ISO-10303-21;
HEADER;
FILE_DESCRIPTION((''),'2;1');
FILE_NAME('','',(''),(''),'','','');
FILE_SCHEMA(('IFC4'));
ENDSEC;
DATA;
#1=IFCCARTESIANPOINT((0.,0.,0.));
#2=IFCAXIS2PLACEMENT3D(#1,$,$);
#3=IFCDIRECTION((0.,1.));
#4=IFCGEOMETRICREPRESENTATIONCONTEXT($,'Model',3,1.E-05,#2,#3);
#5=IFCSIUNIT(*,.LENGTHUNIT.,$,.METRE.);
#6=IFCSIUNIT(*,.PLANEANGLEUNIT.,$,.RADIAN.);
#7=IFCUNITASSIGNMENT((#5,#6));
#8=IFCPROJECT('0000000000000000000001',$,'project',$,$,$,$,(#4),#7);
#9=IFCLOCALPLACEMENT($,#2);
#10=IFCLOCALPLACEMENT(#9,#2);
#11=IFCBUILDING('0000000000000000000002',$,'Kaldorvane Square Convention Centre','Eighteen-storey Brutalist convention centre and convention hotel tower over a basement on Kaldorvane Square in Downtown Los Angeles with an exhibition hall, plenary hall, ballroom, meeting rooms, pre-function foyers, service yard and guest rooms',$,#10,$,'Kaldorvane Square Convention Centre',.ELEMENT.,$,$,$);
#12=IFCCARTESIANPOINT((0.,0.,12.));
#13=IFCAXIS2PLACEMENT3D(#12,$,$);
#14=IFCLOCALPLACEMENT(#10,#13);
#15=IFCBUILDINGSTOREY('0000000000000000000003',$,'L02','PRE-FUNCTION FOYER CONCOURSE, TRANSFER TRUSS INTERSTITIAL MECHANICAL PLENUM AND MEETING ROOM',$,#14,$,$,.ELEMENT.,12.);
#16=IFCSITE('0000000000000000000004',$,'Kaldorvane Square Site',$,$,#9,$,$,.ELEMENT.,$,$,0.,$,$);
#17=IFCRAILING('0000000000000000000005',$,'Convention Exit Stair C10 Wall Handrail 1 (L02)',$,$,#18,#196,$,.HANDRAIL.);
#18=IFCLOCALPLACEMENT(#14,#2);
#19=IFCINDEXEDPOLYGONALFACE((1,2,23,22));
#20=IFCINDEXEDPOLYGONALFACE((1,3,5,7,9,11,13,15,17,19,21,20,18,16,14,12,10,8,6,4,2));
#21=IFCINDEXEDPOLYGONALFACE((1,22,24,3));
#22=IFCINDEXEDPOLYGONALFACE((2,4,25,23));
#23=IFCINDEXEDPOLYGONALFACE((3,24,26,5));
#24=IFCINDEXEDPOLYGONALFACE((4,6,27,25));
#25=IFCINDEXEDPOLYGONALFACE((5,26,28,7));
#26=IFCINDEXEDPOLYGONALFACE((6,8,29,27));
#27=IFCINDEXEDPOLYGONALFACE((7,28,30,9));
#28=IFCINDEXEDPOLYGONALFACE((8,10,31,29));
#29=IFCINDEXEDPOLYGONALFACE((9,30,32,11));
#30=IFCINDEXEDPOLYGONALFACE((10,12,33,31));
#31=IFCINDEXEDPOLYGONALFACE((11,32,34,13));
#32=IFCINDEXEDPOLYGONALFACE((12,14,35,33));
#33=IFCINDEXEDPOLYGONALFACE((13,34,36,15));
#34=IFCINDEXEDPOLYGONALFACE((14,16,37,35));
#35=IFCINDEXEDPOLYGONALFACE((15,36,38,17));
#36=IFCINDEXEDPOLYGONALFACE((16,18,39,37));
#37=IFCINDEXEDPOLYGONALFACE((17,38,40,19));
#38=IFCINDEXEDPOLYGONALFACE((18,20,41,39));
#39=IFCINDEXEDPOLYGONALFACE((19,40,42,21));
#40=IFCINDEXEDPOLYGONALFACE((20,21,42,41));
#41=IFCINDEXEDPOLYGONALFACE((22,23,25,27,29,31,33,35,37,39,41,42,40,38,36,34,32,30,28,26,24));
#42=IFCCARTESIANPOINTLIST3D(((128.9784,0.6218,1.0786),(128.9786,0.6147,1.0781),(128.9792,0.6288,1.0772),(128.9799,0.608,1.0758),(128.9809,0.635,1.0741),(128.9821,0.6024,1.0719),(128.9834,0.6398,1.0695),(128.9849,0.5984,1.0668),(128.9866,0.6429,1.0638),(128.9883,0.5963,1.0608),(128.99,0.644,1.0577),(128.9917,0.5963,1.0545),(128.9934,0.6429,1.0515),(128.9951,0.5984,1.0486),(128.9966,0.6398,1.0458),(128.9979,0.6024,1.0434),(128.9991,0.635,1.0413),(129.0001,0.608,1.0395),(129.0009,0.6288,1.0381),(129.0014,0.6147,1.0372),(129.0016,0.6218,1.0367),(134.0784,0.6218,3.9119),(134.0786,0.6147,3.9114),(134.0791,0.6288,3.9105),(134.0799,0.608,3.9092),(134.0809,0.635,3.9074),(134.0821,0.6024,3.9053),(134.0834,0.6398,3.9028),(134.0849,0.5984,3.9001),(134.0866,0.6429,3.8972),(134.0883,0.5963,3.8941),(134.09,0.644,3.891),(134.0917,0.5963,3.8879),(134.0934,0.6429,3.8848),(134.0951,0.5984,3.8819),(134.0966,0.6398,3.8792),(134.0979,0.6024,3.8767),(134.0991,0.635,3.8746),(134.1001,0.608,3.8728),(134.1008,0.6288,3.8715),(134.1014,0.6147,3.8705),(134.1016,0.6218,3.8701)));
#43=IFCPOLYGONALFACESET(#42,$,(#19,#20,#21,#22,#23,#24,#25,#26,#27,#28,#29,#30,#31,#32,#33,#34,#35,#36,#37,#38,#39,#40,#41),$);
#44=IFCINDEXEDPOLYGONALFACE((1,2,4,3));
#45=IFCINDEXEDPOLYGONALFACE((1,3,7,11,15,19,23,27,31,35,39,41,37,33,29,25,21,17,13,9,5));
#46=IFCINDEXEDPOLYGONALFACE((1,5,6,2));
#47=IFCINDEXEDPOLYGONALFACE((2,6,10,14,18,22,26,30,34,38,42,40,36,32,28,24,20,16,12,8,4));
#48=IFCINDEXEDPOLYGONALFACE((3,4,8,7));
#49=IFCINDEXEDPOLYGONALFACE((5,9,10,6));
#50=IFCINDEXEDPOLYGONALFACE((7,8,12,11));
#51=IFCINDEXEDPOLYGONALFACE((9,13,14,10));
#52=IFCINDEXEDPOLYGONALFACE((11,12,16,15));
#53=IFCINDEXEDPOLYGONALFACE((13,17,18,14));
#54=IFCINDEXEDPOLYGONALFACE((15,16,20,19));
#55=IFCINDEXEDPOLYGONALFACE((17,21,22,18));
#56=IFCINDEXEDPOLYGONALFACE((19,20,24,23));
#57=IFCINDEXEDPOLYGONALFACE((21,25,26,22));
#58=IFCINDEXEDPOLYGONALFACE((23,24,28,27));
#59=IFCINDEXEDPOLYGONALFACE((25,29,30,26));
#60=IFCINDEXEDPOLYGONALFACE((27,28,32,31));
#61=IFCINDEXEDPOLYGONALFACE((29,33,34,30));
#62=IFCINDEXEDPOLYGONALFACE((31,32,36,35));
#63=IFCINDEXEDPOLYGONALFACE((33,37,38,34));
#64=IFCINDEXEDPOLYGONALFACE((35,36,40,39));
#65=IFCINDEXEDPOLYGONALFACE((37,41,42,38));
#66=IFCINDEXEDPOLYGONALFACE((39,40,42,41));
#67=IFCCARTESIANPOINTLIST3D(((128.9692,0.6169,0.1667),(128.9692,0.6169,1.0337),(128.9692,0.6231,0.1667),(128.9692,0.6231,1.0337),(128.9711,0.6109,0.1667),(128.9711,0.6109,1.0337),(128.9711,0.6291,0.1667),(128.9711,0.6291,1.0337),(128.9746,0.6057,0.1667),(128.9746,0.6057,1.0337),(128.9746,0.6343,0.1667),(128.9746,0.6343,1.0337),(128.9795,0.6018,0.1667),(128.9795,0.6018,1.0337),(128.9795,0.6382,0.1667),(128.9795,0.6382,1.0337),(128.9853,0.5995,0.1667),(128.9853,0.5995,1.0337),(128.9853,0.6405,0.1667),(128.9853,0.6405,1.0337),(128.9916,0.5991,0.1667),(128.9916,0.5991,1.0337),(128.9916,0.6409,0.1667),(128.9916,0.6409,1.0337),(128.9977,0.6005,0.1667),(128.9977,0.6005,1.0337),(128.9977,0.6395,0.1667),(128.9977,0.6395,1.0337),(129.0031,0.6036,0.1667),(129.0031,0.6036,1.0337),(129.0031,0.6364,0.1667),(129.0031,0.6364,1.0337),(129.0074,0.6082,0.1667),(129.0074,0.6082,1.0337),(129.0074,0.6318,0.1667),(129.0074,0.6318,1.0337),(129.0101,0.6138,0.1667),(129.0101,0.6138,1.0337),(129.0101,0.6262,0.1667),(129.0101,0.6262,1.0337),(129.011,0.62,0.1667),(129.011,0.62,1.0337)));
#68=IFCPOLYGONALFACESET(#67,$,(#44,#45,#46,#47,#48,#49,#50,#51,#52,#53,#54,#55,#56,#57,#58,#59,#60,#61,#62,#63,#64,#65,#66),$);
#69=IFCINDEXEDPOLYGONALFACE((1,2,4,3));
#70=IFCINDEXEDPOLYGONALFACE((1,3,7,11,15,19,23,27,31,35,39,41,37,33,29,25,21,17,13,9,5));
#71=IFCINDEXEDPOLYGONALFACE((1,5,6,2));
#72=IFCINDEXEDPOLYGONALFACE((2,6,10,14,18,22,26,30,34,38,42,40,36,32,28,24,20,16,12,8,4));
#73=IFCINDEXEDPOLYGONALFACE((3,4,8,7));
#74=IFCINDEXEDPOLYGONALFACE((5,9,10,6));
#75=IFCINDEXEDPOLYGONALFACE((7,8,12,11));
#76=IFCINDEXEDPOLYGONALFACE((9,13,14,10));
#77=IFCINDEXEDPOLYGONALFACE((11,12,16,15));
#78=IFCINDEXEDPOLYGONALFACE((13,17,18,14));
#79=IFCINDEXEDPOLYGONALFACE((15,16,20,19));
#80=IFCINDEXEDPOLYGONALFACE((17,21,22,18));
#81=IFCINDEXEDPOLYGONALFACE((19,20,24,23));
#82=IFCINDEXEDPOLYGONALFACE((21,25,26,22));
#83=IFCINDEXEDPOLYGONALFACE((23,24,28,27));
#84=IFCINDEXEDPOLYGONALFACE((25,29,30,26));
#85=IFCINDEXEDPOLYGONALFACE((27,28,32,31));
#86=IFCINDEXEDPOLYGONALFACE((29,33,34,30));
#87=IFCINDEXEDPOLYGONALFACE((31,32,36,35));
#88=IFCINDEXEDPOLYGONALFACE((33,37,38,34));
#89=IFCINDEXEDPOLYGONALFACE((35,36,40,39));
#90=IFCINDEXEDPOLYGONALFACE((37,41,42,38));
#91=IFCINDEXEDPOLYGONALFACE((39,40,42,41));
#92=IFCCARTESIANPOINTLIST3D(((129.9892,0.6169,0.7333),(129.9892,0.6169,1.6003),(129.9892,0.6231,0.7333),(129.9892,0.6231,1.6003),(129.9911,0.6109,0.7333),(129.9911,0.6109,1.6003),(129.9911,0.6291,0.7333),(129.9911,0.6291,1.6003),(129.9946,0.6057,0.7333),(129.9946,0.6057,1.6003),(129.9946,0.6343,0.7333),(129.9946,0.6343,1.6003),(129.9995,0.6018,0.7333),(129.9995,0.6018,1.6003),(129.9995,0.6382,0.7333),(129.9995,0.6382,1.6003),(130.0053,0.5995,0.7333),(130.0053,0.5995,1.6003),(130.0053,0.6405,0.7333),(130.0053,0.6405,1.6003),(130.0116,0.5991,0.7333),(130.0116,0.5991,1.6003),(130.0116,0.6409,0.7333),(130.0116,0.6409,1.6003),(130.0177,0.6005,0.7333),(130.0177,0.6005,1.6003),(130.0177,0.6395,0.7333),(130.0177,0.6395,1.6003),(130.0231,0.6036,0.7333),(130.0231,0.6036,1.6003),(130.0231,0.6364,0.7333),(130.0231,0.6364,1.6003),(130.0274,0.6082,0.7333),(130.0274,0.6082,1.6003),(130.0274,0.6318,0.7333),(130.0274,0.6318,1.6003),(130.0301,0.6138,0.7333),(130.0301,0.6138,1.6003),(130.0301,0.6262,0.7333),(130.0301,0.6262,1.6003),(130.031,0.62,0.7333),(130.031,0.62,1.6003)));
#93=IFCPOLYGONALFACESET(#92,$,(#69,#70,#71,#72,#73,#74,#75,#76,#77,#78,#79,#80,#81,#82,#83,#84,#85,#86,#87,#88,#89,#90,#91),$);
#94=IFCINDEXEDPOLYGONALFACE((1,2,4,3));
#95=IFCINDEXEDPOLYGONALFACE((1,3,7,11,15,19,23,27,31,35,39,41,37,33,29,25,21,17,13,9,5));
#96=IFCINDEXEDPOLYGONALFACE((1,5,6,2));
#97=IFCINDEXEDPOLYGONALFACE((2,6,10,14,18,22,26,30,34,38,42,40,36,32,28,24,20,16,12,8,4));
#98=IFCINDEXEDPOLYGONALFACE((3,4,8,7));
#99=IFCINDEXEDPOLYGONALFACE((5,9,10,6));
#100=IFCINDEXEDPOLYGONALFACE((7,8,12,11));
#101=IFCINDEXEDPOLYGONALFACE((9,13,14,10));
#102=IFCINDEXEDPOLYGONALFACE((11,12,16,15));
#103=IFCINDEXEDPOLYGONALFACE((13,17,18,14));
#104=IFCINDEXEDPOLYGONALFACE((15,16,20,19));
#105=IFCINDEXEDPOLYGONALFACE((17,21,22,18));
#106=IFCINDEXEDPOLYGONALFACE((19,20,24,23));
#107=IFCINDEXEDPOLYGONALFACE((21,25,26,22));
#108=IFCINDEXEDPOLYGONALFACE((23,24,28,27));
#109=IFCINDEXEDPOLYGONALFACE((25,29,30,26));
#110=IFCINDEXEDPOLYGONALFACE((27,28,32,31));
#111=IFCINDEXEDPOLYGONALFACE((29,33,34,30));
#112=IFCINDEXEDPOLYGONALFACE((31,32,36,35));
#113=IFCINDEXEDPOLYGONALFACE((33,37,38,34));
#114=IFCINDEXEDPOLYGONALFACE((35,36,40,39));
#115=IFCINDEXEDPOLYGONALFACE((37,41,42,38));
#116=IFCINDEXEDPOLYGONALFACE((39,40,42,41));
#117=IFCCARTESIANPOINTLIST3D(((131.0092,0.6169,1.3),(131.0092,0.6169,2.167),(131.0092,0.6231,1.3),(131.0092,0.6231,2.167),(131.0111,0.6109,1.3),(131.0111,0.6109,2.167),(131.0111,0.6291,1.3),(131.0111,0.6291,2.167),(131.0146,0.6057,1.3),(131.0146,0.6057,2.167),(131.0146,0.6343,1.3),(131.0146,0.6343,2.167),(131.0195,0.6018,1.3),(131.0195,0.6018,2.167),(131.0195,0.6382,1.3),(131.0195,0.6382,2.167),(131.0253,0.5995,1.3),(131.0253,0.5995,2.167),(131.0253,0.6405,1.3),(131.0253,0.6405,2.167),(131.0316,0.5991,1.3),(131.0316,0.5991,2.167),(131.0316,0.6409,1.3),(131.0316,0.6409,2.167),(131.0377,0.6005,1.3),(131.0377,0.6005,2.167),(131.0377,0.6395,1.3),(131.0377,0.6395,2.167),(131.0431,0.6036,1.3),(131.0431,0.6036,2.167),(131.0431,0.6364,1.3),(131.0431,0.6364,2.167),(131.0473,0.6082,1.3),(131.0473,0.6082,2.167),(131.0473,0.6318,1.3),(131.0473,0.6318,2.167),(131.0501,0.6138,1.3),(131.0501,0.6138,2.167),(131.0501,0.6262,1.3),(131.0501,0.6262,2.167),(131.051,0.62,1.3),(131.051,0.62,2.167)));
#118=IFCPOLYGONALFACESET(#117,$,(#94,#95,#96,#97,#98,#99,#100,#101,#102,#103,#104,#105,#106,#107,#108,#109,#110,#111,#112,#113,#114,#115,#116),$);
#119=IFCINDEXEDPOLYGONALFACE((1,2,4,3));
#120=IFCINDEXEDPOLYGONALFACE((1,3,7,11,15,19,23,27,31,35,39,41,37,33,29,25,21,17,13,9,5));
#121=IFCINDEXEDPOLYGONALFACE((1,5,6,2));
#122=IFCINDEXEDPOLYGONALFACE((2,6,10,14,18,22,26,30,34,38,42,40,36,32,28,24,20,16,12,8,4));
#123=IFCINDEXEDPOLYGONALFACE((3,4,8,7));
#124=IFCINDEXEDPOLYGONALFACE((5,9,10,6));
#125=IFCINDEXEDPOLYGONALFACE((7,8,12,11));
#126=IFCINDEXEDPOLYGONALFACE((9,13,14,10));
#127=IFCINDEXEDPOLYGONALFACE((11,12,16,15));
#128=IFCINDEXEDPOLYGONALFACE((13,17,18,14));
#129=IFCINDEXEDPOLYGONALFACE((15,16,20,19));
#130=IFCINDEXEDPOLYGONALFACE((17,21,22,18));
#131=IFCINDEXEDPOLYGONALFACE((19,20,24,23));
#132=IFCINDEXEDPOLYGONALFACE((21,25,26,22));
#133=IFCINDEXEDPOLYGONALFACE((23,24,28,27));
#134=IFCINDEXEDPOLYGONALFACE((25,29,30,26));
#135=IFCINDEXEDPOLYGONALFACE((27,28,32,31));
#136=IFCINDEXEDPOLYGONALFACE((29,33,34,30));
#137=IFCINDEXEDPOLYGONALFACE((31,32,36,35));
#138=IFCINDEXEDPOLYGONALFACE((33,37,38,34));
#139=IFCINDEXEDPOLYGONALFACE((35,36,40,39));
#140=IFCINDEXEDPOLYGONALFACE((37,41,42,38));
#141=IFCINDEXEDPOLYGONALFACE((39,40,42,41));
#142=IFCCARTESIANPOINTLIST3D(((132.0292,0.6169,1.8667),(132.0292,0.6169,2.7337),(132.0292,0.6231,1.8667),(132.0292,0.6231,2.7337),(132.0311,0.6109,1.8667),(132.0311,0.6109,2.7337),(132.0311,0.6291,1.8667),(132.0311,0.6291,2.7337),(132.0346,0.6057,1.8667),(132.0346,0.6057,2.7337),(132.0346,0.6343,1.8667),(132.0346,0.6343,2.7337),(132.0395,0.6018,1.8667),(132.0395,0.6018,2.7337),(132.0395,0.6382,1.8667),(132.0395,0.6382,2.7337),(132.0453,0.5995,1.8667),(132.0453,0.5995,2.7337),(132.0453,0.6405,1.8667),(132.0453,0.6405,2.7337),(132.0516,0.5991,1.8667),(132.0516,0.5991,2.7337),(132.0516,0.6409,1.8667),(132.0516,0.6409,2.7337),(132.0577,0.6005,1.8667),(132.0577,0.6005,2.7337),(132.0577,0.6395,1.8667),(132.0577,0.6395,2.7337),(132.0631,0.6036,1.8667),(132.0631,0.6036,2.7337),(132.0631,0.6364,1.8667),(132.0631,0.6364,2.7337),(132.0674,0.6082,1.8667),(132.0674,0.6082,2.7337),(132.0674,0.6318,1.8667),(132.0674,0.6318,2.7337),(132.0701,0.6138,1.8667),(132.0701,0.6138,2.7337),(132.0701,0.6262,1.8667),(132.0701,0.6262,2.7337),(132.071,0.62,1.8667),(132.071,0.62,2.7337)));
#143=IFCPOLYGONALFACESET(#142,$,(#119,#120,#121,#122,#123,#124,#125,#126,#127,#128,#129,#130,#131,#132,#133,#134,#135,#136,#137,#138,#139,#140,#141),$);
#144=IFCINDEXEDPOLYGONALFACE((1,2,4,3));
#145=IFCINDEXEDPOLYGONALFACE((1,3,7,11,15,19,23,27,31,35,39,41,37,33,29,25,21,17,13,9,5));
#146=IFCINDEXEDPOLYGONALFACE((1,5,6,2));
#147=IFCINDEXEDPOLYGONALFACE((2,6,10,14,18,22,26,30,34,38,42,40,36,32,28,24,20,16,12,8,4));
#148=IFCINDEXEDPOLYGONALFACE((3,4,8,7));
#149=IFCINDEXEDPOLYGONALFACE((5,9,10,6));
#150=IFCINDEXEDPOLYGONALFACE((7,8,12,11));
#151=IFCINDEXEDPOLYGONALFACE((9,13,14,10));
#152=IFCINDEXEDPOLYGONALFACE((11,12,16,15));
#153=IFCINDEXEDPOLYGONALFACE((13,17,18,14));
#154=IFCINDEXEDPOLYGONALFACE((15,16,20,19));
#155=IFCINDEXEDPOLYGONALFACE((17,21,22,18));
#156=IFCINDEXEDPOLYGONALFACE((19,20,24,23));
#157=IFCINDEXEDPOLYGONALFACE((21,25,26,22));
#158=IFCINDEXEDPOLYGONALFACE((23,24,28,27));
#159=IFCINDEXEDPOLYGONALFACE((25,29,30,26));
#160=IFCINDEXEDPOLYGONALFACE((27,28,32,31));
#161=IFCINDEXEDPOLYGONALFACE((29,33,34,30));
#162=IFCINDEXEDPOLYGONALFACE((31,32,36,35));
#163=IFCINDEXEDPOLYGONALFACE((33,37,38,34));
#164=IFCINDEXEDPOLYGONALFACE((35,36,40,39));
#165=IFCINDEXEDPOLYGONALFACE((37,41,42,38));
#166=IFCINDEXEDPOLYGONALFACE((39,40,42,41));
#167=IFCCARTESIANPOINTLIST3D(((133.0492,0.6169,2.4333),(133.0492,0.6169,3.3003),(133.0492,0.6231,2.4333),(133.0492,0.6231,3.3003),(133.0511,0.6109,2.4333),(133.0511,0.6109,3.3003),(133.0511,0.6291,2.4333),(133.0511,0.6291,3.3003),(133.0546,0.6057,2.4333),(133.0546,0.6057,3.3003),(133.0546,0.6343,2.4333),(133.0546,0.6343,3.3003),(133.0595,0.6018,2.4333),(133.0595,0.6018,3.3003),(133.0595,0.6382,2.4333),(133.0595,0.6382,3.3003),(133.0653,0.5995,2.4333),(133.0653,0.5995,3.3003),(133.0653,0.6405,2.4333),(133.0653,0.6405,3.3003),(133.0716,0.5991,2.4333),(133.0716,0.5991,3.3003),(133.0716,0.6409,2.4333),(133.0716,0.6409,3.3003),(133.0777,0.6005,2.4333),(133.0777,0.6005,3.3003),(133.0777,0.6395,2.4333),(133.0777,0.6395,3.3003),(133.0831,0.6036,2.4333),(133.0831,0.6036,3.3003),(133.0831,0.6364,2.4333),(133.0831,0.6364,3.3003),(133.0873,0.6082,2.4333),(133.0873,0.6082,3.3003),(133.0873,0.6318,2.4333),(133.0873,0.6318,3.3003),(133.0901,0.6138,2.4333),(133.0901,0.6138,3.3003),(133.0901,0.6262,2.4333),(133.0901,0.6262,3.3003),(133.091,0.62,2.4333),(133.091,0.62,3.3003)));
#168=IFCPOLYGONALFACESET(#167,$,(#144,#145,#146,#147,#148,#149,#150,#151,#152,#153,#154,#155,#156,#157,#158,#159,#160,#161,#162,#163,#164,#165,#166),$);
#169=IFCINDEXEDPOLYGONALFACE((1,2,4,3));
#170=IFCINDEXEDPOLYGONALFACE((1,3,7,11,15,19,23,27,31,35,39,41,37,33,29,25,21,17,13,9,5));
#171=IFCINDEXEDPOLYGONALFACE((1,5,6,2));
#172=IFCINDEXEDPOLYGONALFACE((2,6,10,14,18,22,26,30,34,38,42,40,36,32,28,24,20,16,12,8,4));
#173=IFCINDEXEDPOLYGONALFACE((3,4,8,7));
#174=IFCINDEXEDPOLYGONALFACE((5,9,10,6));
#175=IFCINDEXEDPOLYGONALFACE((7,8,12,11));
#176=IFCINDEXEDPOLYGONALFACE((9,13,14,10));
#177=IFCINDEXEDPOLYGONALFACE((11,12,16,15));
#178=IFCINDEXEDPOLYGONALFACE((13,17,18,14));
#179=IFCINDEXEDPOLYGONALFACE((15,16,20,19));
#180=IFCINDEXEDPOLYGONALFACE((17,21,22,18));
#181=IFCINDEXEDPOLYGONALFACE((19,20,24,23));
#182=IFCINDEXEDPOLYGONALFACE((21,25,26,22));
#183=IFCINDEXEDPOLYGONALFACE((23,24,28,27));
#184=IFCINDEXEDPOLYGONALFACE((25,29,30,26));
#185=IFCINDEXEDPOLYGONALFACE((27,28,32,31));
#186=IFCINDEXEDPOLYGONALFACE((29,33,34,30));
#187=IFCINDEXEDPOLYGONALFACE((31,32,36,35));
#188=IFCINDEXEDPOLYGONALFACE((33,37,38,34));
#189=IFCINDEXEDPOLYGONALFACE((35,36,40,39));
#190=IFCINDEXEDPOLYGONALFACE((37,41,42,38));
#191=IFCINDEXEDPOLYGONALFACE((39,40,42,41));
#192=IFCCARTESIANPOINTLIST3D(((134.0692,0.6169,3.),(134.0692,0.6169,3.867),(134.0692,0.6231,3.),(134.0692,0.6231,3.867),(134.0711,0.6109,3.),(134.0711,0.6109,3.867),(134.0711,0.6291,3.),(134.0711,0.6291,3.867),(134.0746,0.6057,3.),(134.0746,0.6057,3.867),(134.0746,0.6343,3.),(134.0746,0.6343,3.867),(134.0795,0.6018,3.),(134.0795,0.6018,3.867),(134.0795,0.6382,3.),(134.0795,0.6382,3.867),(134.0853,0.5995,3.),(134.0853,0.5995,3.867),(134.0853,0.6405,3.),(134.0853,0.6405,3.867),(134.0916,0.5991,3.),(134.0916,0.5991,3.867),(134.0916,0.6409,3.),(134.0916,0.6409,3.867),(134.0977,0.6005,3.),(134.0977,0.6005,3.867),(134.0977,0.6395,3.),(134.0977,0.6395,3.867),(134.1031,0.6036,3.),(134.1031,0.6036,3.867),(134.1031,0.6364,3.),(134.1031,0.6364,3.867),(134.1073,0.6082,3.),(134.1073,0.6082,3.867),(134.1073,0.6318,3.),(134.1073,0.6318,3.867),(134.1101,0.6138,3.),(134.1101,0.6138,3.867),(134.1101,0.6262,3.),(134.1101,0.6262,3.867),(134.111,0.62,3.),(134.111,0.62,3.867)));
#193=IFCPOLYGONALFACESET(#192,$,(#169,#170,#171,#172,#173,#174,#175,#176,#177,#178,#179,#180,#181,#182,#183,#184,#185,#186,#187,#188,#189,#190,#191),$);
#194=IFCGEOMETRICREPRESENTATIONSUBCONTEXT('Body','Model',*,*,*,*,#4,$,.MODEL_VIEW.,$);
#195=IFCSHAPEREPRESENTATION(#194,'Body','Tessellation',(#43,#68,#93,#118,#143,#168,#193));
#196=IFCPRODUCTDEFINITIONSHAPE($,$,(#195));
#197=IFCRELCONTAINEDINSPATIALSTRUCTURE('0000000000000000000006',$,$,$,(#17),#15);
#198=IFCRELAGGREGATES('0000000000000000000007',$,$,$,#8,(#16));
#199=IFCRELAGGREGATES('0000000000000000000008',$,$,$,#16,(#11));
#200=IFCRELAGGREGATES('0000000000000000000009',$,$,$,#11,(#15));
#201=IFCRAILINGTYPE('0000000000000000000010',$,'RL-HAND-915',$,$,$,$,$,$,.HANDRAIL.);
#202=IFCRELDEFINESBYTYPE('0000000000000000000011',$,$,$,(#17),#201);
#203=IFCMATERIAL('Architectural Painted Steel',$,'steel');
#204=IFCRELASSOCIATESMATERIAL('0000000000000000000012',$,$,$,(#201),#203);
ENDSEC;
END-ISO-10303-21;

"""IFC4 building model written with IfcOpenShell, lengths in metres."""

from ifc_helpers import new_model, si_unit, direction, frame, origin, origin_2d, place, context, subcontext, project, spatial, circle, extrude, material, type_object, element, save


model = new_model("IFC4")

# Units and contexts
model_context = context("Model", 3, precision=1e-05, world=origin(), true_north=direction((0.0, 1.0)))
body_context = subcontext(model_context, "Body", "Model", "MODEL_VIEW")
ifc_project = project(units=[si_unit("LENGTHUNIT", "METRE"), si_unit("PLANEANGLEUNIT", "RADIAN")], contexts=[model_context])

# Site, building, storey
site_placement = place(None, origin())
site = spatial("IfcSite", under=ifc_project, at=site_placement, Name="Kaldorvane Square Site", CompositionType="ELEMENT", RefElevation=0.0)
building_placement = place(site_placement, origin())
building = spatial("IfcBuilding", under=site, at=building_placement, Name="Kaldorvane Square Convention Centre", Description="Eighteen-storey Brutalist convention centre and convention hotel tower over a basement on Kaldorvane Square in Downtown Los Angeles with an exhibition hall, plenary hall, ballroom, meeting rooms, pre-function foyers, service yard and guest rooms", LongName="Kaldorvane Square Convention Centre", CompositionType="ELEMENT")
storey_placement = place(building_placement, frame((0.0, 0.0, 12.0)))
storey = spatial("IfcBuildingStorey", under=building, at=storey_placement, Name="L02", Description="PRE-FUNCTION FOYER CONCOURSE, TRANSFER TRUSS INTERSTITIAL MECHANICAL PLENUM AND MEETING ROOM", CompositionType="ELEMENT", Elevation=12.0)

# Railing
ifc_material_1 = material(Name="Architectural Painted Steel", Category="steel")
railing_type_1 = type_object("IfcRailingType", Name="RL-HAND-915", PredefinedType="HANDRAIL", material=ifc_material_1)
railing_1_placement = place(storey_placement, frame((128.99, 0.62, 0.1667)))
element("IfcRailing", 1, at=railing_1_placement, inside=storey, type_object=railing_type_1, Name="Convention Exit Stair C10 Wall Handrail 1 (L02)", PredefinedType="HANDRAIL", context=body_context, shape_type="SweptSolid", body=[
    extrude(circle(Radius=0.024, at=origin_2d()), frame((0.0, 0.0, 0.891), z_axis=(0.874157, 0.0, 0.485643), x_axis=(0.0, 1.0, 0.0)), (0.0, 0.0, 1.0), 5.8342),
    extrude(circle(Radius=0.021, at=origin_2d()), origin(), (0.0, 0.0, 1.0), 0.867),
    extrude(circle(Radius=0.021, at=origin_2d()), frame((1.02, 0.0, 0.5667)), (0.0, 0.0, 1.0), 0.867),
    extrude(circle(Radius=0.021, at=origin_2d()), frame((2.04, 0.0, 1.1333)), (0.0, 0.0, 1.0), 0.867),
    extrude(circle(Radius=0.021, at=origin_2d()), frame((3.06, 0.0, 1.7)), (0.0, 0.0, 1.0), 0.867),
    extrude(circle(Radius=0.021, at=origin_2d()), frame((4.08, 0.0, 2.2667)), (0.0, 0.0, 1.0), 0.867),
    extrude(circle(Radius=0.021, at=origin_2d()), frame((5.1, 0.0, 2.8333)), (0.0, 0.0, 1.0), 0.867),
])

save(model, "model.ifc")
